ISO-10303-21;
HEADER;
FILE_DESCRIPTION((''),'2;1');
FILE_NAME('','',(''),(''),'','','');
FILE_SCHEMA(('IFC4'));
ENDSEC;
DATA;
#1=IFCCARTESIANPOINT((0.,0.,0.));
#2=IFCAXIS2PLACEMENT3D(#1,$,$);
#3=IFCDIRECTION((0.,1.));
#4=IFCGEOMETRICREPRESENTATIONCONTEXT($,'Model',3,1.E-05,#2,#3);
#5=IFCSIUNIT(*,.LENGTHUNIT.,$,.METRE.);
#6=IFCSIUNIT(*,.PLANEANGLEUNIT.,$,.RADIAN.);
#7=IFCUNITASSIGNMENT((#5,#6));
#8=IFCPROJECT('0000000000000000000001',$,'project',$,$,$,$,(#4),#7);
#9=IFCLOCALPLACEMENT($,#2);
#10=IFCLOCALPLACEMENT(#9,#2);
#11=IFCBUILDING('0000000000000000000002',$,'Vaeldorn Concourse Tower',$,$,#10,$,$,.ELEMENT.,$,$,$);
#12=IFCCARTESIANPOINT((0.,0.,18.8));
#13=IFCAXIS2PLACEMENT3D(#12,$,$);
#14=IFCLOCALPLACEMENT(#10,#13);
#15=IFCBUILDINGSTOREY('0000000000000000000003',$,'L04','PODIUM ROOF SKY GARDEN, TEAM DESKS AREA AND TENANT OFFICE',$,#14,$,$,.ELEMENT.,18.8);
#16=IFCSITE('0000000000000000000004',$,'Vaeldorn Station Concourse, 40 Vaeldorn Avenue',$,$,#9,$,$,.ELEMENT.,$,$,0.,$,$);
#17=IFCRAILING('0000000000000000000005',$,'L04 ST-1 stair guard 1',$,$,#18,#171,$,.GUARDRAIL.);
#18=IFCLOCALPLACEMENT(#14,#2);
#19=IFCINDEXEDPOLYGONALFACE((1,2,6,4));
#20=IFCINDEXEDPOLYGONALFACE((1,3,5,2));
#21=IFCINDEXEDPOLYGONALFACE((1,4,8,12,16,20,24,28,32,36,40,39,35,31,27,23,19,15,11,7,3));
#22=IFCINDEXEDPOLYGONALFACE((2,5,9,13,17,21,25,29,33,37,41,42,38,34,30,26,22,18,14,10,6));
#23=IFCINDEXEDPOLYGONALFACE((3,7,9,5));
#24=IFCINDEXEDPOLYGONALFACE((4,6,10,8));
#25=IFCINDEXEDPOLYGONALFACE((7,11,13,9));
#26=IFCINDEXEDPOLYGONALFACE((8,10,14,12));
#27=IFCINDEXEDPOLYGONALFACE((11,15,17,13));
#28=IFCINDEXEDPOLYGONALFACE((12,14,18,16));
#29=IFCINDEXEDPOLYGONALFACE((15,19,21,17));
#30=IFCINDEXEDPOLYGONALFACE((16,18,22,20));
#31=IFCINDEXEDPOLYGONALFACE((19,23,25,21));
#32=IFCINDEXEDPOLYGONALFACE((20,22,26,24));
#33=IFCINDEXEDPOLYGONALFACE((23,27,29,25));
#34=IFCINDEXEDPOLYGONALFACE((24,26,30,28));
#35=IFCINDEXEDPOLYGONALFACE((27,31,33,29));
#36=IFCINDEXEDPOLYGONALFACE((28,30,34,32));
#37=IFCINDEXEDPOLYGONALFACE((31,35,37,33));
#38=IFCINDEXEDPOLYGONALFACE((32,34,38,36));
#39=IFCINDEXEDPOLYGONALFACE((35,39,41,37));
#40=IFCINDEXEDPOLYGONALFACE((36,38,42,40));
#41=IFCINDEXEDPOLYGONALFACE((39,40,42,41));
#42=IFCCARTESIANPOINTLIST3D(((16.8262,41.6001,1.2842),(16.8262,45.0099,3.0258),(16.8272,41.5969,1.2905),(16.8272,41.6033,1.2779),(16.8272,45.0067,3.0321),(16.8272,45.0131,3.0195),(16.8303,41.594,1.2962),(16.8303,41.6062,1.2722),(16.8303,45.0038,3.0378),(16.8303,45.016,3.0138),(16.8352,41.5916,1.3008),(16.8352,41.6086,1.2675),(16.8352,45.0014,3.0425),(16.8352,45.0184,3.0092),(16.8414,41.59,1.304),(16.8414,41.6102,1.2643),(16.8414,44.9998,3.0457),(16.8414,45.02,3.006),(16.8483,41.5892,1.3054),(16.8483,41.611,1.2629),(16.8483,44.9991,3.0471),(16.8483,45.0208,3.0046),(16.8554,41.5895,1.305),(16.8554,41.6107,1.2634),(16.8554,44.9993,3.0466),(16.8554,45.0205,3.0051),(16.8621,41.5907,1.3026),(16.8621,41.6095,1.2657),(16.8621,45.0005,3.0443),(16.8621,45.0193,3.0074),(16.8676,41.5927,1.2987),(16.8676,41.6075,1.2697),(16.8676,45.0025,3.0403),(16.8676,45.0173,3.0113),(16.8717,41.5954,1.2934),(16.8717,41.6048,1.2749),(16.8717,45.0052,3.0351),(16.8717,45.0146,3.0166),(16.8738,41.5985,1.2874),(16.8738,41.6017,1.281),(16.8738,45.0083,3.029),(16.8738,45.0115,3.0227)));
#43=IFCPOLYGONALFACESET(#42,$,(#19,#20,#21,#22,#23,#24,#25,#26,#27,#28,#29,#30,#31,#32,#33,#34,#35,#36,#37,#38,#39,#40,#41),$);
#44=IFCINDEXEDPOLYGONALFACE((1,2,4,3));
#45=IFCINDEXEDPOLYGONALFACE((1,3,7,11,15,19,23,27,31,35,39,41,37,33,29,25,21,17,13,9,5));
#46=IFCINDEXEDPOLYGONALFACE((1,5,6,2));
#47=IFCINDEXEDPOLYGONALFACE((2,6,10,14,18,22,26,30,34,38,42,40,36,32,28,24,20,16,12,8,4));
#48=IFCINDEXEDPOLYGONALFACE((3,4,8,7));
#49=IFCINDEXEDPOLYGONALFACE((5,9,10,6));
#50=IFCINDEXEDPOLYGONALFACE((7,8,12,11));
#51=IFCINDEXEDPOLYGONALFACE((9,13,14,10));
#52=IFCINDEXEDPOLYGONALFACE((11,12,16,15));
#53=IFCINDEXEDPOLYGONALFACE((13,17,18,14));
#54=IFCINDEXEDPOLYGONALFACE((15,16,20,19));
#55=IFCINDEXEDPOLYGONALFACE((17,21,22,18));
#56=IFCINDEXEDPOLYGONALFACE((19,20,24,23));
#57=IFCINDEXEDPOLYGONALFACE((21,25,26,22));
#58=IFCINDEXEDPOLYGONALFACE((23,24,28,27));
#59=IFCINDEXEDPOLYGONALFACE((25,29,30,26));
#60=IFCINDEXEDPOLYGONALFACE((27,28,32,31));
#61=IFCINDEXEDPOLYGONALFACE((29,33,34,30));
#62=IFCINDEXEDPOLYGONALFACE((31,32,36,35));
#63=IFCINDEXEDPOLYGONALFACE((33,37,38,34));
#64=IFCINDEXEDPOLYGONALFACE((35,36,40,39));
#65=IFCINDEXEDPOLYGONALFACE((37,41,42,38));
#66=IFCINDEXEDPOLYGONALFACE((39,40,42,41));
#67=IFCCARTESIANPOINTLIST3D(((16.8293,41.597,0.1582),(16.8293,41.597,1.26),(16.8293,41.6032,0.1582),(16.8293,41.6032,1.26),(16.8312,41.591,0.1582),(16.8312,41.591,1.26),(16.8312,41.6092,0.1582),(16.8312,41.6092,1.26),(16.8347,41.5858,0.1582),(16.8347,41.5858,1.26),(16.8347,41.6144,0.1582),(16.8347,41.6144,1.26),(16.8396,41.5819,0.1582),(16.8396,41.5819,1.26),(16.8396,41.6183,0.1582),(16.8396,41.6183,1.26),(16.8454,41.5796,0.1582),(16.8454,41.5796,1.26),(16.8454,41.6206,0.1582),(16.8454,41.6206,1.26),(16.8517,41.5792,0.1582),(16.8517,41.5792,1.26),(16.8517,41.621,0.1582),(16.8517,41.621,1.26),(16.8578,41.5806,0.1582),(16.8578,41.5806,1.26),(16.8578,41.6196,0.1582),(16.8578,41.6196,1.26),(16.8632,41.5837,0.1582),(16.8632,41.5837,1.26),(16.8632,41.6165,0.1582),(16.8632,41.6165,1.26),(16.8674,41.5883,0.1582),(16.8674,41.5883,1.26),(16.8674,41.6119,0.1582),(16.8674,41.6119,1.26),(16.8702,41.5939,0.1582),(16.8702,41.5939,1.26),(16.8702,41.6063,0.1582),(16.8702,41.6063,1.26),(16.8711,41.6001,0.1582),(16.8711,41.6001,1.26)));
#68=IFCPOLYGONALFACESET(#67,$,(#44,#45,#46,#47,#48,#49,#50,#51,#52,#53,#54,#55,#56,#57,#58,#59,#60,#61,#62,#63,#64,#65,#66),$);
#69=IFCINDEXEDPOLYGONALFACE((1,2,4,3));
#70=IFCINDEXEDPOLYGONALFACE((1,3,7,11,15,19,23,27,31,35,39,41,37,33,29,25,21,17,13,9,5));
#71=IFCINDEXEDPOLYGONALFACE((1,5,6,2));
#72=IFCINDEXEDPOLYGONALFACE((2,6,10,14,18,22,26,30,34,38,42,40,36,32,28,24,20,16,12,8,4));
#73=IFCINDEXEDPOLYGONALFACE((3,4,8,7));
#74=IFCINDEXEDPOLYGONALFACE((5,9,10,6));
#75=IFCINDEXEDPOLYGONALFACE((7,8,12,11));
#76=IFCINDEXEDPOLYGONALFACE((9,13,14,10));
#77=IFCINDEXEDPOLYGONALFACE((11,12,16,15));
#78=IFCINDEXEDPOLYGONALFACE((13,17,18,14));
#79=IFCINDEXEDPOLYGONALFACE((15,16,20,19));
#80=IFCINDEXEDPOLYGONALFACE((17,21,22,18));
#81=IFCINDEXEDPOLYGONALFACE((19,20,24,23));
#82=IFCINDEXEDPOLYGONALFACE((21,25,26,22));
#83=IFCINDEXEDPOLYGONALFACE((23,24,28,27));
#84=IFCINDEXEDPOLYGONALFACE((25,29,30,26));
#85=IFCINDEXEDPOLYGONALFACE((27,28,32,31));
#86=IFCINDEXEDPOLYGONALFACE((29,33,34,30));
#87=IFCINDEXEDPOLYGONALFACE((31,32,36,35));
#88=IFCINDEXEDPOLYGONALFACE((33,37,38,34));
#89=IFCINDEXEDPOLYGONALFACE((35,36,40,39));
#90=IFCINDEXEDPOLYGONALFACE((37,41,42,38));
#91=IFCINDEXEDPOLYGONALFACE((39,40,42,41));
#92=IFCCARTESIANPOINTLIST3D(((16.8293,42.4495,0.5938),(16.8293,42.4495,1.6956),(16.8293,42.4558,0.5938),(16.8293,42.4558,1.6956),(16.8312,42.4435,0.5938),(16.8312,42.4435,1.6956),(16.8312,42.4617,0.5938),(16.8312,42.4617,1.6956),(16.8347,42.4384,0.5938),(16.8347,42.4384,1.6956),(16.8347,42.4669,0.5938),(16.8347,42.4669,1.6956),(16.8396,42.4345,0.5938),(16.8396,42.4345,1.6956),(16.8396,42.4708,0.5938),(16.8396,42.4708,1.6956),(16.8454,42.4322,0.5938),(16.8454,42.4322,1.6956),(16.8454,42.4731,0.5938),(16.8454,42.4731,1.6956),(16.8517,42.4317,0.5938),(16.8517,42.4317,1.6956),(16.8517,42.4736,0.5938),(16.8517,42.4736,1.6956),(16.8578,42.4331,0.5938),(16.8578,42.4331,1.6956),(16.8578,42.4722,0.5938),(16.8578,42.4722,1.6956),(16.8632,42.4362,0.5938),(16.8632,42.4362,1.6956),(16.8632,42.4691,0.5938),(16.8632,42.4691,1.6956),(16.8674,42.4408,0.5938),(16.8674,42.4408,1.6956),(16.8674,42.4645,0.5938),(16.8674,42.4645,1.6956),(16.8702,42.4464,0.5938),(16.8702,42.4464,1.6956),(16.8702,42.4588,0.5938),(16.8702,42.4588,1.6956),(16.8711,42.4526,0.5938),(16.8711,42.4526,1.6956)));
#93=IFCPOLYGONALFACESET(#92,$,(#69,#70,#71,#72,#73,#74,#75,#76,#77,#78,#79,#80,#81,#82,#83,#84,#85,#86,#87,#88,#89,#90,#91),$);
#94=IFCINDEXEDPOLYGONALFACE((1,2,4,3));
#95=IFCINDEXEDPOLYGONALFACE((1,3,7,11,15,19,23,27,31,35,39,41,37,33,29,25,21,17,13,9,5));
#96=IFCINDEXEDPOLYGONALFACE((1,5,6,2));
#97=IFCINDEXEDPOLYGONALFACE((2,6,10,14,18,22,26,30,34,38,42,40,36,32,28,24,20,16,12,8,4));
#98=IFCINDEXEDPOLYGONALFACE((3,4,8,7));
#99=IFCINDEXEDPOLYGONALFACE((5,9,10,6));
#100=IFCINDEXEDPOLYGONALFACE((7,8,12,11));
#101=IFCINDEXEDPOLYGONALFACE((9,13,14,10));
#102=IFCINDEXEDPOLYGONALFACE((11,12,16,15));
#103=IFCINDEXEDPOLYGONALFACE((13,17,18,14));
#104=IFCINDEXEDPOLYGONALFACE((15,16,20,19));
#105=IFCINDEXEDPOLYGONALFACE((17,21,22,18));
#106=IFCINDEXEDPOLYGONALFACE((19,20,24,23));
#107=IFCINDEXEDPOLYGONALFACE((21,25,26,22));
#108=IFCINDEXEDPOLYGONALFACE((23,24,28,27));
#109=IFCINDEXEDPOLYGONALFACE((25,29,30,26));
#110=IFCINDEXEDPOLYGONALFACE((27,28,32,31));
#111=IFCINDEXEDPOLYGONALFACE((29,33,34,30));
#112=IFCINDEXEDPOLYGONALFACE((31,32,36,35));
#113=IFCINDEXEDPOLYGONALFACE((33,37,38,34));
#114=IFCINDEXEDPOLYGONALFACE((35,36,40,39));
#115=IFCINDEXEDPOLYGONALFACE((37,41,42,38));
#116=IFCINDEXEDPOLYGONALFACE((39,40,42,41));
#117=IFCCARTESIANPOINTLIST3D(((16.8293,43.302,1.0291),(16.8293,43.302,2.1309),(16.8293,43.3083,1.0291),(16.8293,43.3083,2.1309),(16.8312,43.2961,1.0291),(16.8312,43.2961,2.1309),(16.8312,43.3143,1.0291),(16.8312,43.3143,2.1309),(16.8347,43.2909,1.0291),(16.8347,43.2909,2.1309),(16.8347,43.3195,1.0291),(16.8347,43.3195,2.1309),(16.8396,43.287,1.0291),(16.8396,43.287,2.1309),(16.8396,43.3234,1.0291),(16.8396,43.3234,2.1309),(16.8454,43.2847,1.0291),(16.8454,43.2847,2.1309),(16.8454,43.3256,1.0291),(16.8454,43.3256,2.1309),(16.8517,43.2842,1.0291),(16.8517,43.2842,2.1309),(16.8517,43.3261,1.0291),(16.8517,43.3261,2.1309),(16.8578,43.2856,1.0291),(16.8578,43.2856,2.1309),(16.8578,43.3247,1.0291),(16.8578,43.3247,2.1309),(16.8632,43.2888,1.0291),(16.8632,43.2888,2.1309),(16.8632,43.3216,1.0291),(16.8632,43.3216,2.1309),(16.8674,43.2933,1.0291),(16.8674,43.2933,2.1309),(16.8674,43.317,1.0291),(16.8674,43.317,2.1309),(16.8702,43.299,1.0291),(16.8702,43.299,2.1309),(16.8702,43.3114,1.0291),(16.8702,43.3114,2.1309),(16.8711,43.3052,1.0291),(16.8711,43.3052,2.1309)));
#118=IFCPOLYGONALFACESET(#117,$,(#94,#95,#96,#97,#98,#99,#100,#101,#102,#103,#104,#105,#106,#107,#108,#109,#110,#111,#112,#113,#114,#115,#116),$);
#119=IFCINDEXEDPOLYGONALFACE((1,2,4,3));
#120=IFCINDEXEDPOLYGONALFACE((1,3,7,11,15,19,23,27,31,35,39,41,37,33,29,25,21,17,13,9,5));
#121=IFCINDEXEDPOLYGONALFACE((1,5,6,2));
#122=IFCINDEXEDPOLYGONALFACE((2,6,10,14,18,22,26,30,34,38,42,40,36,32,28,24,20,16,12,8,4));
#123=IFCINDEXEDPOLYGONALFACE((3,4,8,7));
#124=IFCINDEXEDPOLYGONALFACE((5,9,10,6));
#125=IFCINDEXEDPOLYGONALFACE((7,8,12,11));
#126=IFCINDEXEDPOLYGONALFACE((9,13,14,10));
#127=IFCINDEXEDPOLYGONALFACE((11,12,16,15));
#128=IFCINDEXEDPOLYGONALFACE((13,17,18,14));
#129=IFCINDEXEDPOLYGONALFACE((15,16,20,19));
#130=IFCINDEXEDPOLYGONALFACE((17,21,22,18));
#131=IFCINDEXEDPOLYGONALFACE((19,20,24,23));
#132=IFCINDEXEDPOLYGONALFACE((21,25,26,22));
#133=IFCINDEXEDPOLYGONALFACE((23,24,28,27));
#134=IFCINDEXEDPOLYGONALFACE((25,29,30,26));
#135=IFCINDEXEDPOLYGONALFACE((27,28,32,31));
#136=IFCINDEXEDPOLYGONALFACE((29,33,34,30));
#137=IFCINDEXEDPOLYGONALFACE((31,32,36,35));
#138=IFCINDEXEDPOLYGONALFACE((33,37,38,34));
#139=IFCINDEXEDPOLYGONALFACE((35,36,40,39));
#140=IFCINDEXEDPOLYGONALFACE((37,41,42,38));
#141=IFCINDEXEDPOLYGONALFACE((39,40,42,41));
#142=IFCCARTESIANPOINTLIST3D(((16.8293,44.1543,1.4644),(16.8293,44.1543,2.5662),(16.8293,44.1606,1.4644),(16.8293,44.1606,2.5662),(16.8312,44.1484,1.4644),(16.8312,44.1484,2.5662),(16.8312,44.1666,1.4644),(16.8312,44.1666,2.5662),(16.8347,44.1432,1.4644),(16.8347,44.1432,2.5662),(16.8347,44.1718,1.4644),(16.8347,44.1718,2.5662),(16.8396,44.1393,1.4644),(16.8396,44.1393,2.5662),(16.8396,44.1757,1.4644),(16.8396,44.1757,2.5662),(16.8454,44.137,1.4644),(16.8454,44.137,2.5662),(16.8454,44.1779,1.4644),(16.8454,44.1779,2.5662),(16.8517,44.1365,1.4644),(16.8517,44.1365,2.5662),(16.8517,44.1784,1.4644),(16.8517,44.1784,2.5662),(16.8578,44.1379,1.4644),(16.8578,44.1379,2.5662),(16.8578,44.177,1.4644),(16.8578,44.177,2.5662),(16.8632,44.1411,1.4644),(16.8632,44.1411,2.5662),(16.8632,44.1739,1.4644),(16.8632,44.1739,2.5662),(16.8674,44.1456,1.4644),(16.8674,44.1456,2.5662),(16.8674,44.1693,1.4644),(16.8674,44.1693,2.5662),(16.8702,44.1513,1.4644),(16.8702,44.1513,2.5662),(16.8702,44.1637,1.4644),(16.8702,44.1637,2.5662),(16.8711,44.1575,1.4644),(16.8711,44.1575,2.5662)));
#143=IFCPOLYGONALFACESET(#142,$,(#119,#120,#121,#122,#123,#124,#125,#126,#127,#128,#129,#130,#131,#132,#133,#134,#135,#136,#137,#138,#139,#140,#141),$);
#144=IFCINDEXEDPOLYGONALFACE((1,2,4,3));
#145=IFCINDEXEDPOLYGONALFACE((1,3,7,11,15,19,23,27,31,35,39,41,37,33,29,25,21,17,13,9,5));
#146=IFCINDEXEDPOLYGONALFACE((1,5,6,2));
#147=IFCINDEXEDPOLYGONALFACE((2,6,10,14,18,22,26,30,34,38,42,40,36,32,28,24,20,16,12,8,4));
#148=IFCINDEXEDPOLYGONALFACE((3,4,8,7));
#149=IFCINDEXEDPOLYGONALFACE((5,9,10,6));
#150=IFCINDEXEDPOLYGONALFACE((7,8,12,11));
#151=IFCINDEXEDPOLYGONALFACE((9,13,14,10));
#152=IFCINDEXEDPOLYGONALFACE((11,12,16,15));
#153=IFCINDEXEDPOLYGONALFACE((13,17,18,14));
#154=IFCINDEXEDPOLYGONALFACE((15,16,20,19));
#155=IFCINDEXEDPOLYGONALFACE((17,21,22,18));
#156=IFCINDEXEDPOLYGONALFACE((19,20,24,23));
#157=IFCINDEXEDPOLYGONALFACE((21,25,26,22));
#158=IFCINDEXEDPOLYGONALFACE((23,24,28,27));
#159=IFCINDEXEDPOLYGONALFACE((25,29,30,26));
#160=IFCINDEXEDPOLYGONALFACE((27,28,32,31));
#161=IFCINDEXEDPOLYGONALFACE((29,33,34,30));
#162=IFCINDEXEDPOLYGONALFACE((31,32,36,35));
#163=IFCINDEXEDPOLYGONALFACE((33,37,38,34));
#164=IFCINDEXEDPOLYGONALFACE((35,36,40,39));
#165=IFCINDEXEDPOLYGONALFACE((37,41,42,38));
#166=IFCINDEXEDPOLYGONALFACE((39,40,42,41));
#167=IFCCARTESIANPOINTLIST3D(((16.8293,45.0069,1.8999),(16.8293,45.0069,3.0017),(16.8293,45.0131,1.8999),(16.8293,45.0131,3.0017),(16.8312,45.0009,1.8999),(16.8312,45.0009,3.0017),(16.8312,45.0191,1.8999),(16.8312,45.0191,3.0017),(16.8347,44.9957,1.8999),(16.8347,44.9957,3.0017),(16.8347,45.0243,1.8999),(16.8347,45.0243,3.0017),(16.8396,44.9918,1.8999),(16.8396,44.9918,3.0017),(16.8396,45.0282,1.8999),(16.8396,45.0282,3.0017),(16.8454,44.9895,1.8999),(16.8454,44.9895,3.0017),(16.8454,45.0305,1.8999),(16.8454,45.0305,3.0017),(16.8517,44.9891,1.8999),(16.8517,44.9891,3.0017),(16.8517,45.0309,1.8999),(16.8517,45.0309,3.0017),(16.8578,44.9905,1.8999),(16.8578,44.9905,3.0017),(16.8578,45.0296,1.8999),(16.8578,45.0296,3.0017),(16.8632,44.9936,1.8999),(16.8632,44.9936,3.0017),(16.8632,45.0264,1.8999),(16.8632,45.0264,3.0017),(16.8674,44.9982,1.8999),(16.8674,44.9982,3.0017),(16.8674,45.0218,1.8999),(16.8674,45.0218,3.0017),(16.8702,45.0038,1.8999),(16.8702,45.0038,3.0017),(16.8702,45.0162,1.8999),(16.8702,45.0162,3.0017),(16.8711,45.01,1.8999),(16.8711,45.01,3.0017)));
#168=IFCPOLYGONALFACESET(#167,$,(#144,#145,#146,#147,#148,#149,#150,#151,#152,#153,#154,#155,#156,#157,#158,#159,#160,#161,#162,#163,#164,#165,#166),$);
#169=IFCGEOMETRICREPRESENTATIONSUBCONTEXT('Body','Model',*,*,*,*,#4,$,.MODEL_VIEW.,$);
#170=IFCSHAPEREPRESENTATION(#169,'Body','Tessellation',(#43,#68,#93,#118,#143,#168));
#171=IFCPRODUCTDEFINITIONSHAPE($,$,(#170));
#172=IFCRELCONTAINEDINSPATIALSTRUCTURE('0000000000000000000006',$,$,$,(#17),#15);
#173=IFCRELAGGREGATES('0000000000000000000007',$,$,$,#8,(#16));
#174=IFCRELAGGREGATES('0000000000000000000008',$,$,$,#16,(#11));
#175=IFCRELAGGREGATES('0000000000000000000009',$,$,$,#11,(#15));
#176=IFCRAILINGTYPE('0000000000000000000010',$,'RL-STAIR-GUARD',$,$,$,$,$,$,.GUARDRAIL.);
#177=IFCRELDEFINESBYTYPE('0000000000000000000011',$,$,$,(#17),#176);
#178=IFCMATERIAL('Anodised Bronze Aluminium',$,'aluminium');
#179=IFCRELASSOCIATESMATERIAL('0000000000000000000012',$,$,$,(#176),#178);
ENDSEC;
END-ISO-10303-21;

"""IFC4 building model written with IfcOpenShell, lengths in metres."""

from ifc_helpers import new_model, si_unit, direction, frame, origin, origin_2d, place, context, subcontext, project, spatial, circle, extrude, material, type_object, element, save


model = new_model("IFC4")

# Units and contexts
model_context = context("Model", 3, precision=1e-05, world=origin(), true_north=direction((0.0, 1.0)))
body_context = subcontext(model_context, "Body", "Model", "MODEL_VIEW")
ifc_project = project(units=[si_unit("LENGTHUNIT", "METRE"), si_unit("PLANEANGLEUNIT", "RADIAN")], contexts=[model_context])

# Site, building, storey
site_placement = place(None, origin())
site = spatial("IfcSite", under=ifc_project, at=site_placement, Name="Vaeldorn Station Concourse, 40 Vaeldorn Avenue", CompositionType="ELEMENT", RefElevation=0.0)
building_placement = place(site_placement, origin())
building = spatial("IfcBuilding", under=site, at=building_placement, Name="Vaeldorn Concourse Tower", CompositionType="ELEMENT")
storey_placement = place(building_placement, frame((0.0, 0.0, 18.8)))
storey = spatial("IfcBuildingStorey", under=building, at=storey_placement, Name="L04", Description="PODIUM ROOF SKY GARDEN, TEAM DESKS AREA AND TENANT OFFICE", CompositionType="ELEMENT", Elevation=18.8)

# Shared definitions
ifc_material_1 = material(Name="Anodised Bronze Aluminium", Category="aluminium")

# Railing
railing_type = type_object("IfcRailingType", Name="RL-STAIR-GUARD", PredefinedType="GUARDRAIL", material=ifc_material_1)
railing_1_placement = place(storey_placement, frame((16.8501, 41.6001, 0.1582)))
element("IfcRailing", 1, at=railing_1_placement, inside=storey, type_object=railing_type, Name="L04 ST-1 stair guard 1", PredefinedType="GUARDRAIL", context=body_context, shape_type="SweptSolid", body=[
    extrude(circle(Radius=0.0239, at=origin_2d()), frame((0.0, 0.0, 1.126), z_axis=(0.0, 0.890556, 0.454874), x_axis=(-1.0, 0.0, 0.0)), (0.0, 0.0, 1.0), 3.8289),
    extrude(circle(Radius=0.021, at=origin_2d()), origin(), (0.0, 0.0, 1.0), 1.1018),
    extrude(circle(Radius=0.021, at=origin_2d()), frame((0.0, 0.8525, 0.4355)), (0.0, 0.0, 1.0), 1.1018),
    extrude(circle(Radius=0.021, at=origin_2d()), frame((0.0, 1.7051, 0.8708)), (0.0, 0.0, 1.0), 1.1018),
    extrude(circle(Radius=0.021, at=origin_2d()), frame((0.0, 2.5574, 1.3062)), (0.0, 0.0, 1.0), 1.1018),
    extrude(circle(Radius=0.021, at=origin_2d()), frame((0.0, 3.4099, 1.7417)), (0.0, 0.0, 1.0), 1.1018),
])

save(model, "model.ifc")
